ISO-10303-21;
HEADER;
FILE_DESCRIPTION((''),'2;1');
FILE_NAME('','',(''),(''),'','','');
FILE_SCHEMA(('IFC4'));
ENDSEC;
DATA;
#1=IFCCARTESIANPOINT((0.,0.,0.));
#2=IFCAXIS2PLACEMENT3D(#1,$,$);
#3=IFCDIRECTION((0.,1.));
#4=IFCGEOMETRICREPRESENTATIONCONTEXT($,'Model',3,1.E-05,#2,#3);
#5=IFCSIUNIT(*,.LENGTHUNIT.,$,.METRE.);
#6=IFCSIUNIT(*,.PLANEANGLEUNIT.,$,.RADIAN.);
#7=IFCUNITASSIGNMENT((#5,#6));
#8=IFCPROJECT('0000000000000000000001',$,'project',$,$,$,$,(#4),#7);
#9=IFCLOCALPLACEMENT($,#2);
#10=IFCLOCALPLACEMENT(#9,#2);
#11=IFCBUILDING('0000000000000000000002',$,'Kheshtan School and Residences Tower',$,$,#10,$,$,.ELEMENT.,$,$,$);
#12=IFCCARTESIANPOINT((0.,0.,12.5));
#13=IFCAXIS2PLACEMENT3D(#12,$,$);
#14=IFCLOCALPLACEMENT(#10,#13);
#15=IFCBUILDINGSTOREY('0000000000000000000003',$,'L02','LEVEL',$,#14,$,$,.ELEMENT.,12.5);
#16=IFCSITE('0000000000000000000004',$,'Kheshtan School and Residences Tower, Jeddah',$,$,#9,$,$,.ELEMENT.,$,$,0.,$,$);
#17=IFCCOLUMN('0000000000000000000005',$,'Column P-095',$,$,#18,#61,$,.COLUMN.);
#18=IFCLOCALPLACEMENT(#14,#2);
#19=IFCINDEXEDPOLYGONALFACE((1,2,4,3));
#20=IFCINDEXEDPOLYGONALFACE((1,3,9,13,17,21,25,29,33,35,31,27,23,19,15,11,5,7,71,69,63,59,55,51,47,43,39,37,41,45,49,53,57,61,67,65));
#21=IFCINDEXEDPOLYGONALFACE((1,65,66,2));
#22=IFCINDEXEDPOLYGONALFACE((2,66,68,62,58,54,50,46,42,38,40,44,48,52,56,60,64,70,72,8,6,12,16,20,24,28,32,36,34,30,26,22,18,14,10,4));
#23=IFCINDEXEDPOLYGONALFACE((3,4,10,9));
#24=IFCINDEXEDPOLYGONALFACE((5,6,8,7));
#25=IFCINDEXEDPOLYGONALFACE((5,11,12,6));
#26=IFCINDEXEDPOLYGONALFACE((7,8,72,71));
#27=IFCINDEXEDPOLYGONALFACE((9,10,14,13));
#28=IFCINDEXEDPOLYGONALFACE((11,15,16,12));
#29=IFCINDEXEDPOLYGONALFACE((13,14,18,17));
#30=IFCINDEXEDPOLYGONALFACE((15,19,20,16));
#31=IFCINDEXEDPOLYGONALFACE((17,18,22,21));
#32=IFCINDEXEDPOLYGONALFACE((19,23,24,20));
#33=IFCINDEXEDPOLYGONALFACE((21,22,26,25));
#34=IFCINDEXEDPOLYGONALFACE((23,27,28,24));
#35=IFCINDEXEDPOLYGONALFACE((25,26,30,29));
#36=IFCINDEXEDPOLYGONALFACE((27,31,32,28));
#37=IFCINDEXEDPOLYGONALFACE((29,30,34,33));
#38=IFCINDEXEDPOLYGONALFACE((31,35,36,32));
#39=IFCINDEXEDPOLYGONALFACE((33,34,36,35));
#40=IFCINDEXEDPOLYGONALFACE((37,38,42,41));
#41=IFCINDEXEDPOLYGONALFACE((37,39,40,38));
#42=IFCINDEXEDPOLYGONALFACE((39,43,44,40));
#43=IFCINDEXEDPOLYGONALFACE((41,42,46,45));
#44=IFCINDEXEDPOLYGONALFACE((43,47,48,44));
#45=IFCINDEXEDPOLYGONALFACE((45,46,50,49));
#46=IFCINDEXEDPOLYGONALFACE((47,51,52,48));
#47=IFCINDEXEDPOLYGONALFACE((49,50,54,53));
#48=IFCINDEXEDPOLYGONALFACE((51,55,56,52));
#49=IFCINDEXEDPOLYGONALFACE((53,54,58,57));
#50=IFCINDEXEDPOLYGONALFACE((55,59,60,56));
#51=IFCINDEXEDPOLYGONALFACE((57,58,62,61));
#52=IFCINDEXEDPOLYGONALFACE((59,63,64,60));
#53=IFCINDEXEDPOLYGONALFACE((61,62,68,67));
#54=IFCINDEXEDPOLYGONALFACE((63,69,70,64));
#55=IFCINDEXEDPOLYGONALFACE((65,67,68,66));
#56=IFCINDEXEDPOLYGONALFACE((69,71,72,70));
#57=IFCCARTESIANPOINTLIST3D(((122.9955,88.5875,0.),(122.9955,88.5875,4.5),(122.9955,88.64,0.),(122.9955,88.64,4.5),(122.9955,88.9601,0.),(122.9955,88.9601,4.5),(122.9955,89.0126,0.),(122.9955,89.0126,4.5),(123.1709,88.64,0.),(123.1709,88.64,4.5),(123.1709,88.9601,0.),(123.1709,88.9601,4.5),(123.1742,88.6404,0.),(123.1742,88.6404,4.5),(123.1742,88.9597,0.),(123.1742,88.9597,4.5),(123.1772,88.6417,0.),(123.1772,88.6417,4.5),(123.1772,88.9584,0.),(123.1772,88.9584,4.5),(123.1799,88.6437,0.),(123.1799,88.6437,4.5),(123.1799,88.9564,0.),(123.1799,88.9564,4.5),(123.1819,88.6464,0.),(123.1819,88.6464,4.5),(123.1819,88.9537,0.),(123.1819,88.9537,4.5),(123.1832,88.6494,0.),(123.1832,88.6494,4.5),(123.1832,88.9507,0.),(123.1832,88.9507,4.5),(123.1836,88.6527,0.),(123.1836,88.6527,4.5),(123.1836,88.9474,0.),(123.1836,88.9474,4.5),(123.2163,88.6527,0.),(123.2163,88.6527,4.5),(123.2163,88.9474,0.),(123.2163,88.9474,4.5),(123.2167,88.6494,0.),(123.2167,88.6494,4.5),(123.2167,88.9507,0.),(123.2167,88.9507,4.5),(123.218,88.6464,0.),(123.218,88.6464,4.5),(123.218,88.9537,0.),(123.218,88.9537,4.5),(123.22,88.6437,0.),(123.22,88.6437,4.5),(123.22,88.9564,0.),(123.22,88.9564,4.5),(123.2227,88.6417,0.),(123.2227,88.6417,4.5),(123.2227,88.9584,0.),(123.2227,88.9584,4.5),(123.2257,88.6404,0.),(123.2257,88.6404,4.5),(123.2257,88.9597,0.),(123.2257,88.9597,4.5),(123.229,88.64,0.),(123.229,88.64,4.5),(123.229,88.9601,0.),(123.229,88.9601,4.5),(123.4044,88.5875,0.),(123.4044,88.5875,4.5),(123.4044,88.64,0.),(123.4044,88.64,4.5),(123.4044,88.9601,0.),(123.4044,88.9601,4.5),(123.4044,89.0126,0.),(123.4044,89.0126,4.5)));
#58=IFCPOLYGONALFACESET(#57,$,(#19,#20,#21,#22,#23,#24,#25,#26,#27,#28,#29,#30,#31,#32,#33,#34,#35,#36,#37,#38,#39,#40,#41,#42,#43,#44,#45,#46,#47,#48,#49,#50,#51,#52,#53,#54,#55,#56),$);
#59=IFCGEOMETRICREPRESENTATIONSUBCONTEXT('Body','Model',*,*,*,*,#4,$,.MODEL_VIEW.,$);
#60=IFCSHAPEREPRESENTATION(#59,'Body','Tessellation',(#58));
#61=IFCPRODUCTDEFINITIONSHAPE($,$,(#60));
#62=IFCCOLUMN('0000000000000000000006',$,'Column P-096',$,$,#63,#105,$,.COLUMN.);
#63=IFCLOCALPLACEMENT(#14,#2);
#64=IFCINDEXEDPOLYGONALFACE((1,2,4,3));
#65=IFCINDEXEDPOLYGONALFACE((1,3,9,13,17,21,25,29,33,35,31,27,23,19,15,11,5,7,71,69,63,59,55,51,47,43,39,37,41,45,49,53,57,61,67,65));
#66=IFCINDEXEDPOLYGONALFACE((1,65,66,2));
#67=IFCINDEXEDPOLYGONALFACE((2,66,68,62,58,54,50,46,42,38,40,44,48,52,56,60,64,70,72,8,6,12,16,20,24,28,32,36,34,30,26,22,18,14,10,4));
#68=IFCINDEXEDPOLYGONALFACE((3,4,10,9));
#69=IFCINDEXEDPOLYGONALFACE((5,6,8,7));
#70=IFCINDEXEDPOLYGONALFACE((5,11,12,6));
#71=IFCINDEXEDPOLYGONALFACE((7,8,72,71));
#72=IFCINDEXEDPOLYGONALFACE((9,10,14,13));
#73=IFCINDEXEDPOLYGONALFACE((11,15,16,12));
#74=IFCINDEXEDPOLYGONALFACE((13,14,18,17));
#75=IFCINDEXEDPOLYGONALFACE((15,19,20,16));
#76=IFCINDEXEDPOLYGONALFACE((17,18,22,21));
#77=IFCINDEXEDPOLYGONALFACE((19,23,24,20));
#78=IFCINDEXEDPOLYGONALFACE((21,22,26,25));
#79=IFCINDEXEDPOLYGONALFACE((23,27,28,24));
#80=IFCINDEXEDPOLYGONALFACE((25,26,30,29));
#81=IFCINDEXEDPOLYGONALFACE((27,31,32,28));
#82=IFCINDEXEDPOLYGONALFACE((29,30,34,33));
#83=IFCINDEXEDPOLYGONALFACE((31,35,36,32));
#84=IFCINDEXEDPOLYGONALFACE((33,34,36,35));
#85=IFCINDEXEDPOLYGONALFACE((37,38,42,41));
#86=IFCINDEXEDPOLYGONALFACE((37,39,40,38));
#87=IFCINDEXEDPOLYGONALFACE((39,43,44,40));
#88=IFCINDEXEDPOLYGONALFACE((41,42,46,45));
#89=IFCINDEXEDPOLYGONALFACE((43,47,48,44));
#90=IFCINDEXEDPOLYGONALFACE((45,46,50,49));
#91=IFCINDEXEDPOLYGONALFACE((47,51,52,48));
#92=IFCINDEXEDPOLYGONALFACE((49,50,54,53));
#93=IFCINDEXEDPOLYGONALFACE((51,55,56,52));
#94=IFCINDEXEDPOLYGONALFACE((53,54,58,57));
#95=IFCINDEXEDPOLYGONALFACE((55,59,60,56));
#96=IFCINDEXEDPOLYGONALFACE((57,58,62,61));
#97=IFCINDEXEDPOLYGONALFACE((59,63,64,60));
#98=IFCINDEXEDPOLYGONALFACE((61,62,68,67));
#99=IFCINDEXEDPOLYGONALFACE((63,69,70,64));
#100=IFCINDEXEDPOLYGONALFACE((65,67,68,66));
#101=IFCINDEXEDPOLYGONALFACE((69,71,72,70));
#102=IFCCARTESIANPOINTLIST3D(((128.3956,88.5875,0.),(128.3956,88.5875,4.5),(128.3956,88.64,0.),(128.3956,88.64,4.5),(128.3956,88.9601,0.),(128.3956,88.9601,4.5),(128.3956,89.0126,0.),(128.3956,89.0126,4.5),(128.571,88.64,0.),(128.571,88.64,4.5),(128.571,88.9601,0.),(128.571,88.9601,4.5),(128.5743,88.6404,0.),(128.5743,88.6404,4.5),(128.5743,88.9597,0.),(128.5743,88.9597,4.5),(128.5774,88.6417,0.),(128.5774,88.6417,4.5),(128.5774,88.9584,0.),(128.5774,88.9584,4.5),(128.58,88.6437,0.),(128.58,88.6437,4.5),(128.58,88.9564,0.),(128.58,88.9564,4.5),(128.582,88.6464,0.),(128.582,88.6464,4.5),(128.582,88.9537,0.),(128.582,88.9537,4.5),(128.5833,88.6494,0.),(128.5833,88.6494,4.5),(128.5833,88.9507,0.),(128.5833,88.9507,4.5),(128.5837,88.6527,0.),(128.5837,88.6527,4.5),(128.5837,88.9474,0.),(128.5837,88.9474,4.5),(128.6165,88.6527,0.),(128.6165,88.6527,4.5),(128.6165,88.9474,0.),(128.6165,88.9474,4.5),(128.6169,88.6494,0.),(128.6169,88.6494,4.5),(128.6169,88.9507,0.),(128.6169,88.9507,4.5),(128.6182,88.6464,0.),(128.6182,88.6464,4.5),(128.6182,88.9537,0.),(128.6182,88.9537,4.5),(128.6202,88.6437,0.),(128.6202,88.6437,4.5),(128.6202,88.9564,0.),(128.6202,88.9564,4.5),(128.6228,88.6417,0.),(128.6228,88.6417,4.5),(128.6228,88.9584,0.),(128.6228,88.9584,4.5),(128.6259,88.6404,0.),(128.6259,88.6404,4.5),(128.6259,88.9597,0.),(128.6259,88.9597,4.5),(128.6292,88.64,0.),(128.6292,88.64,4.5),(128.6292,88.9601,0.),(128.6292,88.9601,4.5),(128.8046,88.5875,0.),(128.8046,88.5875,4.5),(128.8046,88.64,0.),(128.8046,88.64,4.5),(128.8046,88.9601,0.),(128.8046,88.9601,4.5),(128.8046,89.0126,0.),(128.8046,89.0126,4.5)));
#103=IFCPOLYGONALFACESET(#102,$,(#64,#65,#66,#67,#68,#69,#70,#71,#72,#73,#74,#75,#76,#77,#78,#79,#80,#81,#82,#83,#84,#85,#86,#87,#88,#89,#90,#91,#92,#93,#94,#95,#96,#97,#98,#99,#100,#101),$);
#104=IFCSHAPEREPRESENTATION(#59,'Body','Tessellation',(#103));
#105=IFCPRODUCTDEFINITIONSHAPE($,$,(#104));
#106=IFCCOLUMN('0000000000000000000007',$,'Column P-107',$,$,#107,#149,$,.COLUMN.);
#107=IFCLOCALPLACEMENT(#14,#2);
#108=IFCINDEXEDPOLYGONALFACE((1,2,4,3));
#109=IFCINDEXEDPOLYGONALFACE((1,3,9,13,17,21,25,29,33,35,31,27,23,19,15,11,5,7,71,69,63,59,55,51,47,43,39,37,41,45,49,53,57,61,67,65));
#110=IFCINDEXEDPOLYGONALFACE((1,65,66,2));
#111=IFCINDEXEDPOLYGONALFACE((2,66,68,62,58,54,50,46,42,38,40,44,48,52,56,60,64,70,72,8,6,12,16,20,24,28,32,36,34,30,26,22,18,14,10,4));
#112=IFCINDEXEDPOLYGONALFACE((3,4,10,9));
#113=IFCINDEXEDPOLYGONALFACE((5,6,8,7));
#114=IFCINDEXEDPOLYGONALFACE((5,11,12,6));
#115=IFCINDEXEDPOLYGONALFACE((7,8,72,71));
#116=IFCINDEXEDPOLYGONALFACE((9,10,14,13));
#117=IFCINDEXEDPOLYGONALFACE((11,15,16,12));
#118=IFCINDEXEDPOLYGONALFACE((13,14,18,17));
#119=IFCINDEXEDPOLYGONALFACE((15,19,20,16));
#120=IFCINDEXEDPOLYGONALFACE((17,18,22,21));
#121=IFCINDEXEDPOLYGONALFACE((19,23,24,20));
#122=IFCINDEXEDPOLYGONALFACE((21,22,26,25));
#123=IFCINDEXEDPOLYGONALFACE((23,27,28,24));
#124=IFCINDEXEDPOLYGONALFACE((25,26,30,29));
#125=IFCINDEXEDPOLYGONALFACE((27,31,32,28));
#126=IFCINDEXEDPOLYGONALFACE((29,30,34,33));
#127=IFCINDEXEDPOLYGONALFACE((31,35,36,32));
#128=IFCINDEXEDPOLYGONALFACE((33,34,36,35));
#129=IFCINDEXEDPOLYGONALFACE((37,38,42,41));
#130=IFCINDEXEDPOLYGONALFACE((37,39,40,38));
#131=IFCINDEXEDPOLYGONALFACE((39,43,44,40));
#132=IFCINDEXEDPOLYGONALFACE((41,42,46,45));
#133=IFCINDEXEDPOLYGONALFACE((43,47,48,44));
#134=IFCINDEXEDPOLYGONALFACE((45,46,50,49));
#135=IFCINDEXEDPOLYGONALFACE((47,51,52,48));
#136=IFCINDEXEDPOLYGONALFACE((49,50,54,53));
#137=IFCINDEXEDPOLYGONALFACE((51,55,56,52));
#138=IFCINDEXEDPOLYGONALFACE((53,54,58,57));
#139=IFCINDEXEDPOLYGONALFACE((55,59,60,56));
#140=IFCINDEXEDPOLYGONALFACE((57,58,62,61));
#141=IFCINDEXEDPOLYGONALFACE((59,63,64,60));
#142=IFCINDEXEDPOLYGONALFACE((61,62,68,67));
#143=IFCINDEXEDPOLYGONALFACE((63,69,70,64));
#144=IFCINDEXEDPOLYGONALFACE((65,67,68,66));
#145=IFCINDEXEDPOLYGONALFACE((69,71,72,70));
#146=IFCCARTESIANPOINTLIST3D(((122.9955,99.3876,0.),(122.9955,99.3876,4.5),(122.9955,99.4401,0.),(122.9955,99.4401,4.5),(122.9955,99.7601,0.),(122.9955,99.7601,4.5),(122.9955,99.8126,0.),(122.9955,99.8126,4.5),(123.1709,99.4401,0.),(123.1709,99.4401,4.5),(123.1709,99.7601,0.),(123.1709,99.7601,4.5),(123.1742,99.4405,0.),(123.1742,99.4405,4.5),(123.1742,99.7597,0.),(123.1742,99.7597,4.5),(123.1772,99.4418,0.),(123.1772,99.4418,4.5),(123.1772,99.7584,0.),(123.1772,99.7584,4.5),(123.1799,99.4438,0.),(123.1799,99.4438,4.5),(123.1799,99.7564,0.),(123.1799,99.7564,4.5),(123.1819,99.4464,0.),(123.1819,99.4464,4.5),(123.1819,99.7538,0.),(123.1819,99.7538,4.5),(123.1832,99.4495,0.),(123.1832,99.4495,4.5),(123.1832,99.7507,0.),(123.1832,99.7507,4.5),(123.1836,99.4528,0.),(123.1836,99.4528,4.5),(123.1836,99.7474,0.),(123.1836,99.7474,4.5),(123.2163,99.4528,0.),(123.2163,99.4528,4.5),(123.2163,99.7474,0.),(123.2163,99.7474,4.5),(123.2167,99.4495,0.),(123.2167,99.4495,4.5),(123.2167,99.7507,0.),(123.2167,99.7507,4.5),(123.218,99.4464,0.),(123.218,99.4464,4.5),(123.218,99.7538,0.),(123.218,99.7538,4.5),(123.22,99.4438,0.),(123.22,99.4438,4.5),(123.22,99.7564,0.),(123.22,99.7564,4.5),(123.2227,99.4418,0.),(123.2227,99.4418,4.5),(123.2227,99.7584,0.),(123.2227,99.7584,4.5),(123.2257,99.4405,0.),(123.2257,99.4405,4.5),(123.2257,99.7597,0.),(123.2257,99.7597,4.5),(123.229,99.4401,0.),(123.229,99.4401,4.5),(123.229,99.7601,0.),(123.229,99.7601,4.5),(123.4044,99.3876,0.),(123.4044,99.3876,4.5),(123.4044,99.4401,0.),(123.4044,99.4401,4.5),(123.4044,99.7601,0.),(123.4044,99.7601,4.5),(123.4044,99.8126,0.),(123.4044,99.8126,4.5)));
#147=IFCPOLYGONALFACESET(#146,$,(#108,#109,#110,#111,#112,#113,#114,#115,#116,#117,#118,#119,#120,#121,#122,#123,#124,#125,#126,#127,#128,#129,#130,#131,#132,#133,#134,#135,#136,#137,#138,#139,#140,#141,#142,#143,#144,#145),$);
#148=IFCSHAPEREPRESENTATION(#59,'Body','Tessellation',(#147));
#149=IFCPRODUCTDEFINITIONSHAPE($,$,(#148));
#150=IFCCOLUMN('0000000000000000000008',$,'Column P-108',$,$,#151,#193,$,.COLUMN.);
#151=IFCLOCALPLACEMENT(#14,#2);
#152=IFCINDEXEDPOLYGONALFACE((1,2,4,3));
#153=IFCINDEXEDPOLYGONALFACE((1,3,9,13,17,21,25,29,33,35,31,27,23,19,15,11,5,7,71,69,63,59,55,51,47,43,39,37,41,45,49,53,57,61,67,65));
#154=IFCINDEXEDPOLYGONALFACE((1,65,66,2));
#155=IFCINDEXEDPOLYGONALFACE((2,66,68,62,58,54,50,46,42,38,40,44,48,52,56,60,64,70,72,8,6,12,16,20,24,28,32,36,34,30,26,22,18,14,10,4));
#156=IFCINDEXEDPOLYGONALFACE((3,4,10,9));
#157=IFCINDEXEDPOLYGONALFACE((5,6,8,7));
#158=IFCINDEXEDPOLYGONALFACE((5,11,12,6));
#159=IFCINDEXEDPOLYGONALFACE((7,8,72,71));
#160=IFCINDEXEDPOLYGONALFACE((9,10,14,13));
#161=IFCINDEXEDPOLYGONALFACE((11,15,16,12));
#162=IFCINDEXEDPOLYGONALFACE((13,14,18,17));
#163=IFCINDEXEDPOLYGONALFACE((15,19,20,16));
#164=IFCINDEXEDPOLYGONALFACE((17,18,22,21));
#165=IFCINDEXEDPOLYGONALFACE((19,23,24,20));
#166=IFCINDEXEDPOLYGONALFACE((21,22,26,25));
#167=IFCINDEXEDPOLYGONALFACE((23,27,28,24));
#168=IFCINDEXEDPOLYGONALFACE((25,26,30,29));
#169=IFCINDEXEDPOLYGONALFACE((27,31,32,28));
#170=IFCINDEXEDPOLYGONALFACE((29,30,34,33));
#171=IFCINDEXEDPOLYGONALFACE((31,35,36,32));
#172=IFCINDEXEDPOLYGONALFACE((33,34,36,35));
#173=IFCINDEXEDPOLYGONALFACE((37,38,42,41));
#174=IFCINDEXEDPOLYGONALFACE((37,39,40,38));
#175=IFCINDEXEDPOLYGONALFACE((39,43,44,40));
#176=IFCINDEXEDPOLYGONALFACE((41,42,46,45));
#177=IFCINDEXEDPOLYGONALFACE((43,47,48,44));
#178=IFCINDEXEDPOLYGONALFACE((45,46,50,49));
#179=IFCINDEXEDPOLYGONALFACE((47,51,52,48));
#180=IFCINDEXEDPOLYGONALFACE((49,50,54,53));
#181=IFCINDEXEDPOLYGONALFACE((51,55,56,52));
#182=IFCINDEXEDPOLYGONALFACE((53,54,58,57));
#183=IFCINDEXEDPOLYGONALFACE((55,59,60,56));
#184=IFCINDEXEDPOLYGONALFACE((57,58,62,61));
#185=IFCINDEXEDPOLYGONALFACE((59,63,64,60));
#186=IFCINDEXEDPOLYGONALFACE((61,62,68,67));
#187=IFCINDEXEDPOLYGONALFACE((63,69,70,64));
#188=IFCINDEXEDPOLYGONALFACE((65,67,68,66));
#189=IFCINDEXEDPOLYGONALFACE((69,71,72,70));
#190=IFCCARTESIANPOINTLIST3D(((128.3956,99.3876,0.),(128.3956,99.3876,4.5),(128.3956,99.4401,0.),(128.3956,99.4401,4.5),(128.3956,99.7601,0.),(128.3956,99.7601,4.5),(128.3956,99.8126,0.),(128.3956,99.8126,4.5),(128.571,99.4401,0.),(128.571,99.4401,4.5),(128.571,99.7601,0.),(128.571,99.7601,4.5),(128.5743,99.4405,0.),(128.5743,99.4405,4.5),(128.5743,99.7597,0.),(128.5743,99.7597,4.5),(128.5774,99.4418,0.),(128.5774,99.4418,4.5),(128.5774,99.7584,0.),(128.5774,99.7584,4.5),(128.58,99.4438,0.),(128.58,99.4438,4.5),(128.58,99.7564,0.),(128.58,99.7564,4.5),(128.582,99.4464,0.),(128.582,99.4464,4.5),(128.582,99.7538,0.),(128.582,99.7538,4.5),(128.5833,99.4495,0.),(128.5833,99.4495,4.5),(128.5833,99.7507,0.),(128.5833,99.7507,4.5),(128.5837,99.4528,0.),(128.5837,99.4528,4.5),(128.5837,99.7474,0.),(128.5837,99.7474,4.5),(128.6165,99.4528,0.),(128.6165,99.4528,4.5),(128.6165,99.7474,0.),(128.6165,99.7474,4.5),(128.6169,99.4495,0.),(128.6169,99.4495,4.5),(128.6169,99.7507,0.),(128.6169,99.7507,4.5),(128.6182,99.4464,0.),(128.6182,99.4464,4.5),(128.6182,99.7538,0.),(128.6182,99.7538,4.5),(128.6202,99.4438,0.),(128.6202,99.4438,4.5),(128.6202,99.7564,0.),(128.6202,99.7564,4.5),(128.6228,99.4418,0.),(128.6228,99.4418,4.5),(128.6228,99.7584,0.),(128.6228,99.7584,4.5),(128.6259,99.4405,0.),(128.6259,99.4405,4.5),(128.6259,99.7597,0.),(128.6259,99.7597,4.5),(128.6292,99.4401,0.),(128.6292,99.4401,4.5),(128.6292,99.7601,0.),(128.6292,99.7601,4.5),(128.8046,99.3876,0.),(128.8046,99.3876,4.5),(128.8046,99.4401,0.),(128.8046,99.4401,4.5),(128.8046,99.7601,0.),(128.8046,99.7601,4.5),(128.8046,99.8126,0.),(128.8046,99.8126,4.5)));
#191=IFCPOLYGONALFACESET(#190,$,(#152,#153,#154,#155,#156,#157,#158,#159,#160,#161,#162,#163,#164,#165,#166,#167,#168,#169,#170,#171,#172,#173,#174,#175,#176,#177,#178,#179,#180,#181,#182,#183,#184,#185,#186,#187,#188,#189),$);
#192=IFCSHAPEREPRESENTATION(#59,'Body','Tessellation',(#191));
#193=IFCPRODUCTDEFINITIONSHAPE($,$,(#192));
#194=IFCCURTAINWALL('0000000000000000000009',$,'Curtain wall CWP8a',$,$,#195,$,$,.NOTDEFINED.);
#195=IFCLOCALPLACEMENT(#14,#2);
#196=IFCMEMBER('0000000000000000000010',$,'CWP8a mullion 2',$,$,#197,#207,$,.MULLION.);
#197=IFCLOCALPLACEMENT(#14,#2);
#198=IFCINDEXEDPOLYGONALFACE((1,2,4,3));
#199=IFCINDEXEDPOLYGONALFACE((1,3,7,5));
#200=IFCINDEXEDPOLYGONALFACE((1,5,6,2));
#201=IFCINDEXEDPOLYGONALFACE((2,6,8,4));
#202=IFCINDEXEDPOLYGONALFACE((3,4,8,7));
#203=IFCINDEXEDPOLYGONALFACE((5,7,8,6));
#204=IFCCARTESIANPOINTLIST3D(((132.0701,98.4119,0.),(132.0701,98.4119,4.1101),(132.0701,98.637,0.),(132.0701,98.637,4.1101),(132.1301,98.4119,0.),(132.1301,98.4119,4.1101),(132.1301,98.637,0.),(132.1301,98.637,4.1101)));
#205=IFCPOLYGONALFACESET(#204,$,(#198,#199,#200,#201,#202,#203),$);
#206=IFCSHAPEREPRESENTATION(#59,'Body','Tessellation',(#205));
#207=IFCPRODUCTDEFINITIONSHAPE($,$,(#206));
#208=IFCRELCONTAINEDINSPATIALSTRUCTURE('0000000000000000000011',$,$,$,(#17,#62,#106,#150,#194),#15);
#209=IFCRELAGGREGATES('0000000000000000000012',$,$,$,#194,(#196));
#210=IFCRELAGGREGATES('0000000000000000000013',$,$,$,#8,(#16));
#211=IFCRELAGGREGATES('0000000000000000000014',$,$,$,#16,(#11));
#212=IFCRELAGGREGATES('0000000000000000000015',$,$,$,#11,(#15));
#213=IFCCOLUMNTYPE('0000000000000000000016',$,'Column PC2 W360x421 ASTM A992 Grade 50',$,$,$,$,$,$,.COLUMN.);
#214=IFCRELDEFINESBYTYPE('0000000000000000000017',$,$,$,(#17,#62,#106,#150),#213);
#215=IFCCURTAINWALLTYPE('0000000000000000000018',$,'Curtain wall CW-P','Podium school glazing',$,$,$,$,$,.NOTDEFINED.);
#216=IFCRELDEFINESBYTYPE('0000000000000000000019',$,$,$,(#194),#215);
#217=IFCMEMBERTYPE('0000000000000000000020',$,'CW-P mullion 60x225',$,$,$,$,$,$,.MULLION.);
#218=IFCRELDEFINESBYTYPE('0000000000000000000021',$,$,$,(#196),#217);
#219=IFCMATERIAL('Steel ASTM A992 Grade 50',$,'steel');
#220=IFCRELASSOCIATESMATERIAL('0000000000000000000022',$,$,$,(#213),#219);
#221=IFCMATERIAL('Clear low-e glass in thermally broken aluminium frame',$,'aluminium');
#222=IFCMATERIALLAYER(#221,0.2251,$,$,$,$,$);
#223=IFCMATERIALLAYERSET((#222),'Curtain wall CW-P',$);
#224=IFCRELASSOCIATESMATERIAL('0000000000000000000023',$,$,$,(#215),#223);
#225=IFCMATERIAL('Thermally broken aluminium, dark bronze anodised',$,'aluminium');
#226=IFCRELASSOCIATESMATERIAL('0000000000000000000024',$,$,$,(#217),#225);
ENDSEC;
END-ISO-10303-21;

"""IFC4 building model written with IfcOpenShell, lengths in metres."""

from ifc_helpers import new_model, si_unit, direction, frame, origin, origin_2d, place, context, subcontext, project, spatial, rectangle, i_section, extrude, material, layer, layer_set, material_profile, profile_set, type_object, element, aggregate, save


model = new_model("IFC4")

# Units and contexts
model_context = context("Model", 3, precision=1e-05, world=origin(), true_north=direction((0.0, 1.0)))
body_context = subcontext(model_context, "Body", "Model", "MODEL_VIEW")
ifc_project = project(units=[si_unit("LENGTHUNIT", "METRE"), si_unit("PLANEANGLEUNIT", "RADIAN")], contexts=[model_context])

# Site, building, storey
site_placement = place(None, origin())
site = spatial("IfcSite", under=ifc_project, at=site_placement, Name="Kheshtan School and Residences Tower, Jeddah", CompositionType="ELEMENT", RefElevation=0.0)
building_placement = place(site_placement, origin())
building = spatial("IfcBuilding", under=site, at=building_placement, Name="Kheshtan School and Residences Tower", CompositionType="ELEMENT")
storey_placement = place(building_placement, frame((0.0, 0.0, 12.5)))
storey = spatial("IfcBuildingStorey", under=building, at=storey_placement, Name="L02", Description="LEVEL", CompositionType="ELEMENT", Elevation=12.5)

# Columns
ifc_material_1 = material(Name="Steel ASTM A992 Grade 50", Category="steel")
ifc_material_profile_1 = material_profile(ifc_material_1, i_section(OverallWidth=0.4089, OverallDepth=0.425, WebThickness=0.0327, FlangeThickness=0.0525, FilletRadius=0.0127, at=origin_2d()), Name="W360x421")
ifc_profile_set_1 = profile_set([ifc_material_profile_1], Name="Steel ASTM A992 Grade 50")
column_type = type_object("IfcColumnType", Name="Column PC2 W360x421 ASTM A992 Grade 50", PredefinedType="COLUMN", material=ifc_profile_set_1)
for number, where, z_axis, x_axis, name in (
    (1, (123.2, 88.8, 0.0), (0.0, 0.0, 1.0), (1.0, 0.0, 0.0), "Column P-095"),
    (2, (128.6001, 88.8, 0.0), (0.0, 0.0, 1.0), (1.0, 0.0, 0.0), "Column P-096"),
    (3, (123.2, 99.6001, 0.0), (0.0, 0.0, 1.0), (1.0, 0.0, 0.0), "Column P-107"),
    (4, (128.6001, 99.6001, 0.0), (0.0, 0.0, 1.0), (1.0, 0.0, 0.0), "Column P-108"),
):
    element("IfcColumn", number, at=place(storey_placement, frame(where, z_axis=z_axis, x_axis=x_axis)), inside=storey, type_object=column_type, Name=name, PredefinedType="COLUMN", context=body_context, shape_type="SweptSolid", body=[
        extrude(i_section(OverallWidth=0.4089, OverallDepth=0.425, WebThickness=0.0327, FlangeThickness=0.0525, FilletRadius=0.0127, at=origin_2d()), origin(), (0.0, 0.0, 1.0), 4.5),
    ])

# Curtain wall, member
ifc_material_2 = material(Name="Clear low-e glass in thermally broken aluminium frame", Category="aluminium")
ifc_layer_1 = layer(ifc_material_2, 0.2251)
ifc_layer_set_1 = layer_set([ifc_layer_1], Name="Curtain wall CW-P")
curtain_wall_type = type_object("IfcCurtainWallType", Name="Curtain wall CW-P", Description="Podium school glazing", PredefinedType="NOTDEFINED", material=ifc_layer_set_1)
curtain_wall_placement = place(storey_placement, origin())
curtain_wall = element("IfcCurtainWall", 5, at=curtain_wall_placement, inside=storey, type_object=curtain_wall_type, Name="Curtain wall CWP8a", PredefinedType="NOTDEFINED")
ifc_material_3 = material(Name="Thermally broken aluminium, dark bronze anodised", Category="aluminium")
ifc_material_profile_2 = material_profile(ifc_material_3, rectangle(XDim=0.0601, YDim=0.2251, at=origin_2d()), Name="CW-P mullion 60x225")
ifc_profile_set_2 = profile_set([ifc_material_profile_2], Name="Thermally broken aluminium, dark bronze anodised")
member_type = type_object("IfcMemberType", Name="CW-P mullion 60x225", PredefinedType="MULLION", material=ifc_profile_set_2)
member_1_placement = place(storey_placement, frame((132.1001, 98.5244, 0.0), z_axis=(0.0, 0.0, 1.0), x_axis=(1.0, 0.0, 0.0)))
member_1 = element("IfcMember", 6, at=member_1_placement, type_object=member_type, Name="CWP8a mullion 2", PredefinedType="MULLION", context=body_context, shape_type="SweptSolid", body=[
    extrude(rectangle(XDim=0.0601, YDim=0.2251, at=origin_2d()), origin(), (0.0, 0.0, 1.0), 4.1101),
])
aggregate(curtain_wall, [member_1])

save(model, "model.ifc")
